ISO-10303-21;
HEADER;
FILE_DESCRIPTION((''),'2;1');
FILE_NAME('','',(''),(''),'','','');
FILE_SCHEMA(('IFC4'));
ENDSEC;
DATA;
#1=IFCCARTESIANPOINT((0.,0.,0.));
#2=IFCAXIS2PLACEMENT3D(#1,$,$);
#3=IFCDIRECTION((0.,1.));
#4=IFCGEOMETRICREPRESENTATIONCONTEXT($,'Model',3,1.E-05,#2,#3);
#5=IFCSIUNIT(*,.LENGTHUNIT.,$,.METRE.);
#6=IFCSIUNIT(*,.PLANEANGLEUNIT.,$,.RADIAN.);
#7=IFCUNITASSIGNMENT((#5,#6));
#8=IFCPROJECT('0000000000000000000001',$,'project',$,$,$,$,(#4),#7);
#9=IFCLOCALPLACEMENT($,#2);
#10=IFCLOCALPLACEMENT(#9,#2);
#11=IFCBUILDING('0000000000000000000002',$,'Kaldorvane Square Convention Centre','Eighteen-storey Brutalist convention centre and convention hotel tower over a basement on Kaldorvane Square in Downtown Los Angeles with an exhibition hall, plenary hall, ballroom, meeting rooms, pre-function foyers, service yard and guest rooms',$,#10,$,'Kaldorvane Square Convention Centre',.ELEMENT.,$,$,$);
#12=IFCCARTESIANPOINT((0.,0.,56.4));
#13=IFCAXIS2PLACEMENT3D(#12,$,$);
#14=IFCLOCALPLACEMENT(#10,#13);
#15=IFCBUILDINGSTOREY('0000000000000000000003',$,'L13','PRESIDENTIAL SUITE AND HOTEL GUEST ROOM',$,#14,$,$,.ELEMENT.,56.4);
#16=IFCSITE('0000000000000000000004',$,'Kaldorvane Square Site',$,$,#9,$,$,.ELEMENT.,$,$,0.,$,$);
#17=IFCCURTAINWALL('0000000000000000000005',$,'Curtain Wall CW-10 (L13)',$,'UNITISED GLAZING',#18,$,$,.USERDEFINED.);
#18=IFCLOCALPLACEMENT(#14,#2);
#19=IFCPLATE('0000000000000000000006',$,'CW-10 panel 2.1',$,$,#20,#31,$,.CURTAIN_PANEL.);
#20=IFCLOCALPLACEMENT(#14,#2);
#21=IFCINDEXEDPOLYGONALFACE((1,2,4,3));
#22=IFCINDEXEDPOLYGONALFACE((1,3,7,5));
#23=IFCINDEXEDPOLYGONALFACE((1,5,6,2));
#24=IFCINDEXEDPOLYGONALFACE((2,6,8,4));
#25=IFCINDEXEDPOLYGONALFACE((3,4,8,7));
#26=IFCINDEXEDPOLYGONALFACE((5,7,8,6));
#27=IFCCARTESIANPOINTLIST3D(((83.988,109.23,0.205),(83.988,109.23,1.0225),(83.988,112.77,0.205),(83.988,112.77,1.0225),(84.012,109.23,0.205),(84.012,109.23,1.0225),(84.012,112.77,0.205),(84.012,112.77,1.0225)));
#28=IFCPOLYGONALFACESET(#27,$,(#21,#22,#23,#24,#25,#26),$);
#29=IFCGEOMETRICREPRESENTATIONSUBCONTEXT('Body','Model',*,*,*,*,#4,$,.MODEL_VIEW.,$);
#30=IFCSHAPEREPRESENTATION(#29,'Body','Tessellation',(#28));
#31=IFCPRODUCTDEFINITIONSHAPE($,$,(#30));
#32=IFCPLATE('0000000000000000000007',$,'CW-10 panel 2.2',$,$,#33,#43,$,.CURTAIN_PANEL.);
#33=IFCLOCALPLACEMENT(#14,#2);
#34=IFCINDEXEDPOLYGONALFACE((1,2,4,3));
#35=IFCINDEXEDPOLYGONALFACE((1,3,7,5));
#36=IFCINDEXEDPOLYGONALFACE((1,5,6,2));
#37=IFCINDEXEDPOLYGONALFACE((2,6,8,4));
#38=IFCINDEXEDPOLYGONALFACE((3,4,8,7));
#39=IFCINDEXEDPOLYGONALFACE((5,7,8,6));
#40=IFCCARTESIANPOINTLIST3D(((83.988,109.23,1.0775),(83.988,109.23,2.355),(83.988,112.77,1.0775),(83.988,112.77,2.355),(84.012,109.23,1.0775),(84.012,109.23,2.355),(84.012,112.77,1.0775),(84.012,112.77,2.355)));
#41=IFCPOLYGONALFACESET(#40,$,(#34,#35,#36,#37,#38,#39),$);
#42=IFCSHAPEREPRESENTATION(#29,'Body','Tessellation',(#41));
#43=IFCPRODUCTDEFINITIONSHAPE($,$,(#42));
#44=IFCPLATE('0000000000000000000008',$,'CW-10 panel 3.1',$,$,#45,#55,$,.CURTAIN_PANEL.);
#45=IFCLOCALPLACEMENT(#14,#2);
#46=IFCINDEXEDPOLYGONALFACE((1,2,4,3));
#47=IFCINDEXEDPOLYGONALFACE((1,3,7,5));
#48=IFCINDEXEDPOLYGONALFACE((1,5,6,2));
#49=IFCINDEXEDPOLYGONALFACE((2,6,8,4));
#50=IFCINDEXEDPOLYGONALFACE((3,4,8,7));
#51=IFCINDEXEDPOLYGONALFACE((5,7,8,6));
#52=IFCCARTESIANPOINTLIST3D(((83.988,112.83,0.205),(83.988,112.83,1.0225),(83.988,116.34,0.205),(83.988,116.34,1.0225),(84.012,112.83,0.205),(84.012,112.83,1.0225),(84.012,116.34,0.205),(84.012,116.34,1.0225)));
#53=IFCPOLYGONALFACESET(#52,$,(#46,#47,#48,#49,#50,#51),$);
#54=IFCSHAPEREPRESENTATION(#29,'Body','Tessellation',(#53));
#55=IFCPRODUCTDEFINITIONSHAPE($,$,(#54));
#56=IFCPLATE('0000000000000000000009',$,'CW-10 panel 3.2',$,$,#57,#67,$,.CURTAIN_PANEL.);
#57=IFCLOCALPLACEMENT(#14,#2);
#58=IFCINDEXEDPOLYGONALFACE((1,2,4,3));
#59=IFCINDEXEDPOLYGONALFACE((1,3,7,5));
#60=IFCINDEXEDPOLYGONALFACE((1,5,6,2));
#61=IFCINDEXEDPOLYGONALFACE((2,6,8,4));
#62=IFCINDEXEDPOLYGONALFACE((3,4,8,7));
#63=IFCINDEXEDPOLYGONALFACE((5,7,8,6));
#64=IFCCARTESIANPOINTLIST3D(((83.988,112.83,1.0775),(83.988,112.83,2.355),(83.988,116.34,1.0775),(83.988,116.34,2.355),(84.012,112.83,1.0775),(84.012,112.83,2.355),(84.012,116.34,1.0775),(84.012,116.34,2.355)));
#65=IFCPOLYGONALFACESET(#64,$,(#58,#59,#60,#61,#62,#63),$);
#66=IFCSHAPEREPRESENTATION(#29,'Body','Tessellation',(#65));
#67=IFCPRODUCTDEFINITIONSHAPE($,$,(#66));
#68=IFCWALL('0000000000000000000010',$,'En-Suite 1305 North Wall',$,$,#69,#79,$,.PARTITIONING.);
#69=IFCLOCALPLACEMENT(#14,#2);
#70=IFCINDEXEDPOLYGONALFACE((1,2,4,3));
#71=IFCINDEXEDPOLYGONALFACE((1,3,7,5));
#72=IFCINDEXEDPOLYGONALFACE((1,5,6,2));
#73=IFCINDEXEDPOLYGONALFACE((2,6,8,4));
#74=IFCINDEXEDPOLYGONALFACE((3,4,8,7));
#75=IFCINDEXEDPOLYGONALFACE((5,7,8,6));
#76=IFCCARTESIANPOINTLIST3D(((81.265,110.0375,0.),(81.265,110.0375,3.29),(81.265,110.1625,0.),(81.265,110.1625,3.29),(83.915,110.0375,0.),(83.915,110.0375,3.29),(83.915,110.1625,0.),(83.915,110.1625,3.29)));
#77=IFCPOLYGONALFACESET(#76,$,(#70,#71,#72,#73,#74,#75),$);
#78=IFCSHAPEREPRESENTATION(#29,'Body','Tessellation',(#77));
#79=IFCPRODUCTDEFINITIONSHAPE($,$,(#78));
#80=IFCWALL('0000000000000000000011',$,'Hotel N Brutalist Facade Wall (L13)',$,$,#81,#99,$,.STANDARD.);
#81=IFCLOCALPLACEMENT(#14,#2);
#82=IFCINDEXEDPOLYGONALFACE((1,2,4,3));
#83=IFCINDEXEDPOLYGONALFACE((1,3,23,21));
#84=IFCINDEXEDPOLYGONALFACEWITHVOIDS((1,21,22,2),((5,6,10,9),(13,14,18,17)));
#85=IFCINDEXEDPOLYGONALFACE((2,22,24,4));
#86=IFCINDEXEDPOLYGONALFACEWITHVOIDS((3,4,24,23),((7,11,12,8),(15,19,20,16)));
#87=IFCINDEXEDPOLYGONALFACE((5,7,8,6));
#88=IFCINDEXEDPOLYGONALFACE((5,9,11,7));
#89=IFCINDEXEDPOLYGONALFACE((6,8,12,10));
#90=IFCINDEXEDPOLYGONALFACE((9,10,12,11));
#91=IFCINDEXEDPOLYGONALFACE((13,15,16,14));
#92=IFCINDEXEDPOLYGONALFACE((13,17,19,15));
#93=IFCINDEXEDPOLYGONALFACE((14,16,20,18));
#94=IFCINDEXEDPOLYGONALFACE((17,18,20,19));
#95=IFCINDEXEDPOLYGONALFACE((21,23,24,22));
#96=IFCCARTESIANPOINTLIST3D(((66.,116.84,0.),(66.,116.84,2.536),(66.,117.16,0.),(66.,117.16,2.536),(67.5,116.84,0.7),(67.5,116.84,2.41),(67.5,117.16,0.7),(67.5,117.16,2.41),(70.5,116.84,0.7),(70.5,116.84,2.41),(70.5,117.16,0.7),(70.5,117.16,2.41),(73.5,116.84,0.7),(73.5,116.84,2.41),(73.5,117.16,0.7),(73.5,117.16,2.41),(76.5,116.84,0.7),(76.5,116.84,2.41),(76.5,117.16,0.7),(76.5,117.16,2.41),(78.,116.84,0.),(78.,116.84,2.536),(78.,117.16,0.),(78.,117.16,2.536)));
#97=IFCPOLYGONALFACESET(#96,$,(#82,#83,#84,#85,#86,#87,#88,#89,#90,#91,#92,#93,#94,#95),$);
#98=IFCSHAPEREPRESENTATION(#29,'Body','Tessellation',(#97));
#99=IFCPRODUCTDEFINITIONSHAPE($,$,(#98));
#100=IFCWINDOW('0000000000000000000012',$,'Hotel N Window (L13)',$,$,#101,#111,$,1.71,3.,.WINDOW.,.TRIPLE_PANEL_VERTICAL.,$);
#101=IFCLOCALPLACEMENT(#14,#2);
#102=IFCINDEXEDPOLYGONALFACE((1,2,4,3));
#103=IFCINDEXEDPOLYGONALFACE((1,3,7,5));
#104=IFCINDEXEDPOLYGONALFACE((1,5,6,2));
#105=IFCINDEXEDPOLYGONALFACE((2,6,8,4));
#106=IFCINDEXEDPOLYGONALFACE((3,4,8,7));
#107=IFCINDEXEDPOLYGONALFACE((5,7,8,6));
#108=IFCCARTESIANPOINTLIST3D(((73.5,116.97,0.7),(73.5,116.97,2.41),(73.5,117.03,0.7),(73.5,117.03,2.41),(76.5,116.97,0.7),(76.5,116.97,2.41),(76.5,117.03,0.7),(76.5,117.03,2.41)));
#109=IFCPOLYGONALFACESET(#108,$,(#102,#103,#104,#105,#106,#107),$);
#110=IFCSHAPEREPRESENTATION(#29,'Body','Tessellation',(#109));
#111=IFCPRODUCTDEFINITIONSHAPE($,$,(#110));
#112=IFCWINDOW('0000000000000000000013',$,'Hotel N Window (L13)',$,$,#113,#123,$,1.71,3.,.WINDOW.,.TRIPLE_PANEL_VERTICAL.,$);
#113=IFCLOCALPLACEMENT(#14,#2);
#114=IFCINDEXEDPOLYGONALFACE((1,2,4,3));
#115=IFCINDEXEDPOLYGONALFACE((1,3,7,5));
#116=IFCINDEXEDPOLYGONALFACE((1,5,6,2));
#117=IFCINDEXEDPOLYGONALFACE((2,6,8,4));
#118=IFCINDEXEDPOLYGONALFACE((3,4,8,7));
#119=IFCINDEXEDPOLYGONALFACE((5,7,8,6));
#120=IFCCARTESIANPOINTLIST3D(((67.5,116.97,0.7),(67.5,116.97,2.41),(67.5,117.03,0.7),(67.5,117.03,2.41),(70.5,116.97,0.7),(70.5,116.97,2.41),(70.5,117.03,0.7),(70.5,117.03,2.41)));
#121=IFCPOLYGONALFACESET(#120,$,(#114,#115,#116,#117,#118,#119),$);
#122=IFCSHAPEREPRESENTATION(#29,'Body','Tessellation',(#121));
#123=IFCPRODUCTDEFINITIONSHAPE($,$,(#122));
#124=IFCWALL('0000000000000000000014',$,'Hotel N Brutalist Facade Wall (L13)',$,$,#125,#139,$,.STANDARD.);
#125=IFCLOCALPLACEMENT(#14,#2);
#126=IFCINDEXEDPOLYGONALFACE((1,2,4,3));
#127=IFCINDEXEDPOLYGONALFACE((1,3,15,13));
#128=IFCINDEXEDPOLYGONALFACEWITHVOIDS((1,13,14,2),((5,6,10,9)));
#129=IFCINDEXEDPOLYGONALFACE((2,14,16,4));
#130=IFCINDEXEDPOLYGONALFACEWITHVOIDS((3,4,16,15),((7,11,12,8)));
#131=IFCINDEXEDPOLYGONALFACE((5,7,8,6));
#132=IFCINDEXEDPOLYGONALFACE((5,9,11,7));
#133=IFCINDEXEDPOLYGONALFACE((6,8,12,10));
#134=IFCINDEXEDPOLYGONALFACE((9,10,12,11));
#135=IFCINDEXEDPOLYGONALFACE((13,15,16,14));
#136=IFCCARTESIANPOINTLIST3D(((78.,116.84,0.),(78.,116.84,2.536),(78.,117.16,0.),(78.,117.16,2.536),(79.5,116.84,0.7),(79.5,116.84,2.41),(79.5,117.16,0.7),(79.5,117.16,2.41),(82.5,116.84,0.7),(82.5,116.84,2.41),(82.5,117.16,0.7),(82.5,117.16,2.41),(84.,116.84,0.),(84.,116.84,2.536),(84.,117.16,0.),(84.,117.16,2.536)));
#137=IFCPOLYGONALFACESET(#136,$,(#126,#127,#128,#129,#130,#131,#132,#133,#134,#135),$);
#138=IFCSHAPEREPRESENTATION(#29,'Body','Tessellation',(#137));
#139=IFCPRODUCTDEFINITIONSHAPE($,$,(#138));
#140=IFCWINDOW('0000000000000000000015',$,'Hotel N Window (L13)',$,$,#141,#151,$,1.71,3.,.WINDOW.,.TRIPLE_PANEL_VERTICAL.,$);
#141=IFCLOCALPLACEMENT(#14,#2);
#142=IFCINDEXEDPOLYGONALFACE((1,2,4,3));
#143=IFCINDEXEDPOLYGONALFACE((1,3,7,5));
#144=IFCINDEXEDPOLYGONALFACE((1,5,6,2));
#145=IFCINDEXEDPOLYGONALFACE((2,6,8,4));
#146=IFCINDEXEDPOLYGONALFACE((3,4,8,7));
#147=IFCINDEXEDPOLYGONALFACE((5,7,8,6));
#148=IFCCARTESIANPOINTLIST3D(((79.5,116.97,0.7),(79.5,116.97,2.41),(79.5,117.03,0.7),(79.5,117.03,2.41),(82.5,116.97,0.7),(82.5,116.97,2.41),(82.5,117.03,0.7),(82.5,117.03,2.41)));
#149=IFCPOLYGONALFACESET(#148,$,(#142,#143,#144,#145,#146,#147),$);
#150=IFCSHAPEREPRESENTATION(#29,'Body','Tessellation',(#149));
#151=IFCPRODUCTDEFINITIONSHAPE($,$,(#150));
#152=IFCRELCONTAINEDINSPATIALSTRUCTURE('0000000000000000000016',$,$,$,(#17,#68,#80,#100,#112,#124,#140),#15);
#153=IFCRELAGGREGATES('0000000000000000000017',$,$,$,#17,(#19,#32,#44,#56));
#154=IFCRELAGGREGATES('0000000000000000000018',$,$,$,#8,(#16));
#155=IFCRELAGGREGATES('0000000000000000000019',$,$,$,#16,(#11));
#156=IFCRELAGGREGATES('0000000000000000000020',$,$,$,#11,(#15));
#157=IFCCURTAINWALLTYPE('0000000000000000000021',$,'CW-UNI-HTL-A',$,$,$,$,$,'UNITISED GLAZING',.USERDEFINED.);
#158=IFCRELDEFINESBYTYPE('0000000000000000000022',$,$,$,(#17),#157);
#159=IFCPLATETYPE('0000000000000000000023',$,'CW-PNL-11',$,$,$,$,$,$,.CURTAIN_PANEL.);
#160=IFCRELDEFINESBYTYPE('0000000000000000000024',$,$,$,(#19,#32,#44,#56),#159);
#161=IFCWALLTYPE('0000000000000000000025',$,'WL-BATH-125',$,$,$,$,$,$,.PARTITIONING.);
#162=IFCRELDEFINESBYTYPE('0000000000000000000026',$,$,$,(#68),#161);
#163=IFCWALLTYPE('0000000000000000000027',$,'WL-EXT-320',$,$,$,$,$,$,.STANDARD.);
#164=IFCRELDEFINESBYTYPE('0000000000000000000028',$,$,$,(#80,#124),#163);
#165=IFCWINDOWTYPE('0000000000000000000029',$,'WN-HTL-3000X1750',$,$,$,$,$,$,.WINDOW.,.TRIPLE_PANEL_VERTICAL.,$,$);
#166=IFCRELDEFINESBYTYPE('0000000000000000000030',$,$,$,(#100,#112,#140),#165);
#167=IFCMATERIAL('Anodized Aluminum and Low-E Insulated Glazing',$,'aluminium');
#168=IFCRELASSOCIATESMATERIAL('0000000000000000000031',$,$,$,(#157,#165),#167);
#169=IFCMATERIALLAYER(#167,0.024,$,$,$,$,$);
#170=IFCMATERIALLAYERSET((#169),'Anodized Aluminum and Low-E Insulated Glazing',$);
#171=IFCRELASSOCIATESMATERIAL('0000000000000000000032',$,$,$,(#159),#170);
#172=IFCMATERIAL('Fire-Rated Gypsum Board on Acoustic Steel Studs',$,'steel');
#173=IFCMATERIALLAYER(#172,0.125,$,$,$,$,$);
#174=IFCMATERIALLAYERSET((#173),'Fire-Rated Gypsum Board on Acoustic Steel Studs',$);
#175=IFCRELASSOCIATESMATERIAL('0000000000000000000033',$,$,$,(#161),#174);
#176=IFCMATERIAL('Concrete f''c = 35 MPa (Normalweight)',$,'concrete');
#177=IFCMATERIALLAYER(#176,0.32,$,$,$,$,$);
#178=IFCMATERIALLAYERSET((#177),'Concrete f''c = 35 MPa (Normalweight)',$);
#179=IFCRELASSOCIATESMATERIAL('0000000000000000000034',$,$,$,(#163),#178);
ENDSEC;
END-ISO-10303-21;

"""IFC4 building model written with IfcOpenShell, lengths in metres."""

from ifc_helpers import new_model, si_unit, direction, frame, frame_2d, origin, origin_2d, place, context, subcontext, project, spatial, rectangle, extrude, material, layer, layer_set, type_object, element, fill, aggregate, save


model = new_model("IFC4")

# Units and contexts
model_context = context("Model", 3, precision=1e-05, world=origin(), true_north=direction((0.0, 1.0)))
body_context = subcontext(model_context, "Body", "Model", "MODEL_VIEW")
ifc_project = project(units=[si_unit("LENGTHUNIT", "METRE"), si_unit("PLANEANGLEUNIT", "RADIAN")], contexts=[model_context])

# Site, building, storey
site_placement = place(None, origin())
site = spatial("IfcSite", under=ifc_project, at=site_placement, Name="Kaldorvane Square Site", CompositionType="ELEMENT", RefElevation=0.0)
building_placement = place(site_placement, origin())
building = spatial("IfcBuilding", under=site, at=building_placement, Name="Kaldorvane Square Convention Centre", Description="Eighteen-storey Brutalist convention centre and convention hotel tower over a basement on Kaldorvane Square in Downtown Los Angeles with an exhibition hall, plenary hall, ballroom, meeting rooms, pre-function foyers, service yard and guest rooms", LongName="Kaldorvane Square Convention Centre", CompositionType="ELEMENT")
storey_placement = place(building_placement, frame((0.0, 0.0, 56.4)))
storey = spatial("IfcBuildingStorey", under=building, at=storey_placement, Name="L13", Description="PRESIDENTIAL SUITE AND HOTEL GUEST ROOM", CompositionType="ELEMENT", Elevation=56.4)

# Curtain wall, plates
ifc_material_1 = material(Name="Anodized Aluminum and Low-E Insulated Glazing", Category="aluminium")
curtain_wall_type = type_object("IfcCurtainWallType", Name="CW-UNI-HTL-A", ElementType="UNITISED GLAZING", PredefinedType="USERDEFINED", material=ifc_material_1)
curtain_wall_placement = place(storey_placement, origin())
curtain_wall = element("IfcCurtainWall", 1, at=curtain_wall_placement, inside=storey, type_object=curtain_wall_type, Name="Curtain Wall CW-10 (L13)", ObjectType="UNITISED GLAZING", PredefinedType="USERDEFINED")
ifc_layer_1 = layer(ifc_material_1, 0.024)
ifc_layer_set_1 = layer_set([ifc_layer_1], Name="Anodized Aluminum and Low-E Insulated Glazing")
plate_type = type_object("IfcPlateType", Name="CW-PNL-11", PredefinedType="CURTAIN_PANEL", material=ifc_layer_set_1)
plate_1_placement = place(storey_placement, frame((84.0, 111.0, 0.205), z_axis=(0.0, 0.0, 1.0), x_axis=(0.0, 1.0, 0.0)))
plate_1 = element("IfcPlate", 2, at=plate_1_placement, type_object=plate_type, Name="CW-10 panel 2.1", PredefinedType="CURTAIN_PANEL", context=body_context, shape_type="SweptSolid", body=[
    extrude(rectangle(XDim=3.54, YDim=0.024, at=origin_2d()), origin(), (0.0, 0.0, 1.0), 0.8175),
])
plate_2_placement = place(storey_placement, frame((84.0, 111.0, 1.0775), z_axis=(0.0, 0.0, 1.0), x_axis=(0.0, 1.0, 0.0)))
plate_2 = element("IfcPlate", 3, at=plate_2_placement, type_object=plate_type, Name="CW-10 panel 2.2", PredefinedType="CURTAIN_PANEL", context=body_context, shape_type="SweptSolid", body=[
    extrude(rectangle(XDim=3.54, YDim=0.024, at=origin_2d()), origin(), (0.0, 0.0, 1.0), 1.2775),
])
plate_3_placement = place(storey_placement, frame((84.0, 114.585, 0.205), z_axis=(0.0, 0.0, 1.0), x_axis=(0.0, 1.0, 0.0)))
plate_3 = element("IfcPlate", 4, at=plate_3_placement, type_object=plate_type, Name="CW-10 panel 3.1", PredefinedType="CURTAIN_PANEL", context=body_context, shape_type="SweptSolid", body=[
    extrude(rectangle(XDim=3.51, YDim=0.024, at=origin_2d()), origin(), (0.0, 0.0, 1.0), 0.8175),
])
plate_4_placement = place(storey_placement, frame((84.0, 114.585, 1.0775), z_axis=(0.0, 0.0, 1.0), x_axis=(0.0, 1.0, 0.0)))
plate_4 = element("IfcPlate", 5, at=plate_4_placement, type_object=plate_type, Name="CW-10 panel 3.2", PredefinedType="CURTAIN_PANEL", context=body_context, shape_type="SweptSolid", body=[
    extrude(rectangle(XDim=3.51, YDim=0.024, at=origin_2d()), origin(), (0.0, 0.0, 1.0), 1.2775),
])
aggregate(curtain_wall, [plate_1, plate_2, plate_3, plate_4])

# Wall
ifc_material_2 = material(Name="Fire-Rated Gypsum Board on Acoustic Steel Studs", Category="steel")
ifc_layer_2 = layer(ifc_material_2, 0.125)
ifc_layer_set_2 = layer_set([ifc_layer_2], Name="Fire-Rated Gypsum Board on Acoustic Steel Studs")
wall_type_1 = type_object("IfcWallType", Name="WL-BATH-125", PredefinedType="PARTITIONING", material=ifc_layer_set_2)
wall_1_placement = place(storey_placement, frame((81.265, 110.1, 0.0), z_axis=(0.0, 0.0, 1.0), x_axis=(1.0, 0.0, 0.0)))
element("IfcWall", 6, at=wall_1_placement, inside=storey, type_object=wall_type_1, Name="En-Suite 1305 North Wall", PredefinedType="PARTITIONING", context=body_context, shape_type="SweptSolid", body=[
    extrude(rectangle(XDim=2.65, YDim=0.125, at=frame_2d((1.325, 0.0))), origin(), (0.0, 0.0, 1.0), 3.29),
])

# Wall, openings, windows
ifc_material_3 = material(Name="Concrete f'c = 35 MPa (Normalweight)", Category="concrete")
ifc_layer_3 = layer(ifc_material_3, 0.32)
ifc_layer_set_3 = layer_set([ifc_layer_3], Name="Concrete f'c = 35 MPa (Normalweight)")
wall_type_2 = type_object("IfcWallType", Name="WL-EXT-320", PredefinedType="STANDARD", material=ifc_layer_set_3)
wall_2_placement = place(storey_placement, frame((78.0, 117.0, 0.0), z_axis=(0.0, 0.0, 1.0), x_axis=(-1.0, 0.0, 0.0)))
wall_2 = element("IfcWall", 7, at=wall_2_placement, inside=storey, type_object=wall_type_2, Name="Hotel N Brutalist Facade Wall (L13)", PredefinedType="STANDARD", context=body_context, shape_type="SweptSolid", body=[
    extrude(rectangle(XDim=12.0, YDim=0.32, at=frame_2d((6.0, 0.0))), origin(), (0.0, 0.0, 1.0), 2.536),
])
opening_1_placement = place(wall_2_placement, frame((1.5, 0.0, 0.7)))
opening_1 = element("IfcOpeningElement", 8, at=opening_1_placement, cuts=wall_2, PredefinedType="OPENING", context=body_context, shape_type="SweptSolid", body=[
    extrude(rectangle(XDim=3.0, YDim=1.71, at=frame_2d((1.5, 0.855))), frame((0.0, 0.175, 0.0), z_axis=(0.0, -1.0, 0.0), x_axis=(1.0, 0.0, 0.0)), (0.0, 0.0, 1.0), 0.35),
])
opening_2_placement = place(wall_2_placement, frame((7.5, 0.0, 0.7)))
opening_2 = element("IfcOpeningElement", 9, at=opening_2_placement, cuts=wall_2, PredefinedType="OPENING", context=body_context, shape_type="SweptSolid", body=[
    extrude(rectangle(XDim=3.0, YDim=1.71, at=frame_2d((1.5, 0.855))), frame((0.0, 0.175, 0.0), z_axis=(0.0, -1.0, 0.0), x_axis=(1.0, 0.0, 0.0)), (0.0, 0.0, 1.0), 0.35),
])
window_type = type_object("IfcWindowType", Name="WN-HTL-3000X1750", PartitioningType="TRIPLE_PANEL_VERTICAL", PredefinedType="WINDOW", material=ifc_material_1)
window_1_placement = place(opening_1_placement, origin())
window_1 = element("IfcWindow", 10, at=window_1_placement, inside=storey, type_object=window_type, Name="Hotel N Window (L13)", OverallHeight=1.71, OverallWidth=3.0, PartitioningType="TRIPLE_PANEL_VERTICAL", PredefinedType="WINDOW", context=body_context, shape_type="SweptSolid", body=[
    extrude(rectangle(XDim=3.0, YDim=1.71, at=frame_2d((1.5, 0.855))), frame((0.0, 0.03, 0.0), z_axis=(0.0, -1.0, 0.0), x_axis=(1.0, 0.0, 0.0)), (0.0, 0.0, 1.0), 0.06),
])
fill(opening_1, window_1)
window_2_placement = place(opening_2_placement, origin())
window_2 = element("IfcWindow", 11, at=window_2_placement, inside=storey, type_object=window_type, Name="Hotel N Window (L13)", OverallHeight=1.71, OverallWidth=3.0, PartitioningType="TRIPLE_PANEL_VERTICAL", PredefinedType="WINDOW", context=body_context, shape_type="SweptSolid", body=[
    extrude(rectangle(XDim=3.0, YDim=1.71, at=frame_2d((1.5, 0.855))), frame((0.0, 0.03, 0.0), z_axis=(0.0, -1.0, 0.0), x_axis=(1.0, 0.0, 0.0)), (0.0, 0.0, 1.0), 0.06),
])
fill(opening_2, window_2)

# Wall, opening, window
wall_3_placement = place(storey_placement, frame((84.0, 117.0, 0.0), z_axis=(0.0, 0.0, 1.0), x_axis=(-1.0, 0.0, 0.0)))
wall_3 = element("IfcWall", 12, at=wall_3_placement, inside=storey, type_object=wall_type_2, Name="Hotel N Brutalist Facade Wall (L13)", PredefinedType="STANDARD", context=body_context, shape_type="SweptSolid", body=[
    extrude(rectangle(XDim=6.0, YDim=0.32, at=frame_2d((3.0, 0.0))), origin(), (0.0, 0.0, 1.0), 2.536),
])
opening_3_placement = place(wall_3_placement, frame((1.5, 0.0, 0.7)))
opening_3 = element("IfcOpeningElement", 13, at=opening_3_placement, cuts=wall_3, PredefinedType="OPENING", context=body_context, shape_type="SweptSolid", body=[
    extrude(rectangle(XDim=3.0, YDim=1.71, at=frame_2d((1.5, 0.855))), frame((0.0, 0.175, 0.0), z_axis=(0.0, -1.0, 0.0), x_axis=(1.0, 0.0, 0.0)), (0.0, 0.0, 1.0), 0.35),
])
window_3_placement = place(opening_3_placement, origin())
window_3 = element("IfcWindow", 14, at=window_3_placement, inside=storey, type_object=window_type, Name="Hotel N Window (L13)", OverallHeight=1.71, OverallWidth=3.0, PartitioningType="TRIPLE_PANEL_VERTICAL", PredefinedType="WINDOW", context=body_context, shape_type="SweptSolid", body=[
    extrude(rectangle(XDim=3.0, YDim=1.71, at=frame_2d((1.5, 0.855))), frame((0.0, 0.03, 0.0), z_axis=(0.0, -1.0, 0.0), x_axis=(1.0, 0.0, 0.0)), (0.0, 0.0, 1.0), 0.06),
])
fill(opening_3, window_3)

save(model, "model.ifc")
